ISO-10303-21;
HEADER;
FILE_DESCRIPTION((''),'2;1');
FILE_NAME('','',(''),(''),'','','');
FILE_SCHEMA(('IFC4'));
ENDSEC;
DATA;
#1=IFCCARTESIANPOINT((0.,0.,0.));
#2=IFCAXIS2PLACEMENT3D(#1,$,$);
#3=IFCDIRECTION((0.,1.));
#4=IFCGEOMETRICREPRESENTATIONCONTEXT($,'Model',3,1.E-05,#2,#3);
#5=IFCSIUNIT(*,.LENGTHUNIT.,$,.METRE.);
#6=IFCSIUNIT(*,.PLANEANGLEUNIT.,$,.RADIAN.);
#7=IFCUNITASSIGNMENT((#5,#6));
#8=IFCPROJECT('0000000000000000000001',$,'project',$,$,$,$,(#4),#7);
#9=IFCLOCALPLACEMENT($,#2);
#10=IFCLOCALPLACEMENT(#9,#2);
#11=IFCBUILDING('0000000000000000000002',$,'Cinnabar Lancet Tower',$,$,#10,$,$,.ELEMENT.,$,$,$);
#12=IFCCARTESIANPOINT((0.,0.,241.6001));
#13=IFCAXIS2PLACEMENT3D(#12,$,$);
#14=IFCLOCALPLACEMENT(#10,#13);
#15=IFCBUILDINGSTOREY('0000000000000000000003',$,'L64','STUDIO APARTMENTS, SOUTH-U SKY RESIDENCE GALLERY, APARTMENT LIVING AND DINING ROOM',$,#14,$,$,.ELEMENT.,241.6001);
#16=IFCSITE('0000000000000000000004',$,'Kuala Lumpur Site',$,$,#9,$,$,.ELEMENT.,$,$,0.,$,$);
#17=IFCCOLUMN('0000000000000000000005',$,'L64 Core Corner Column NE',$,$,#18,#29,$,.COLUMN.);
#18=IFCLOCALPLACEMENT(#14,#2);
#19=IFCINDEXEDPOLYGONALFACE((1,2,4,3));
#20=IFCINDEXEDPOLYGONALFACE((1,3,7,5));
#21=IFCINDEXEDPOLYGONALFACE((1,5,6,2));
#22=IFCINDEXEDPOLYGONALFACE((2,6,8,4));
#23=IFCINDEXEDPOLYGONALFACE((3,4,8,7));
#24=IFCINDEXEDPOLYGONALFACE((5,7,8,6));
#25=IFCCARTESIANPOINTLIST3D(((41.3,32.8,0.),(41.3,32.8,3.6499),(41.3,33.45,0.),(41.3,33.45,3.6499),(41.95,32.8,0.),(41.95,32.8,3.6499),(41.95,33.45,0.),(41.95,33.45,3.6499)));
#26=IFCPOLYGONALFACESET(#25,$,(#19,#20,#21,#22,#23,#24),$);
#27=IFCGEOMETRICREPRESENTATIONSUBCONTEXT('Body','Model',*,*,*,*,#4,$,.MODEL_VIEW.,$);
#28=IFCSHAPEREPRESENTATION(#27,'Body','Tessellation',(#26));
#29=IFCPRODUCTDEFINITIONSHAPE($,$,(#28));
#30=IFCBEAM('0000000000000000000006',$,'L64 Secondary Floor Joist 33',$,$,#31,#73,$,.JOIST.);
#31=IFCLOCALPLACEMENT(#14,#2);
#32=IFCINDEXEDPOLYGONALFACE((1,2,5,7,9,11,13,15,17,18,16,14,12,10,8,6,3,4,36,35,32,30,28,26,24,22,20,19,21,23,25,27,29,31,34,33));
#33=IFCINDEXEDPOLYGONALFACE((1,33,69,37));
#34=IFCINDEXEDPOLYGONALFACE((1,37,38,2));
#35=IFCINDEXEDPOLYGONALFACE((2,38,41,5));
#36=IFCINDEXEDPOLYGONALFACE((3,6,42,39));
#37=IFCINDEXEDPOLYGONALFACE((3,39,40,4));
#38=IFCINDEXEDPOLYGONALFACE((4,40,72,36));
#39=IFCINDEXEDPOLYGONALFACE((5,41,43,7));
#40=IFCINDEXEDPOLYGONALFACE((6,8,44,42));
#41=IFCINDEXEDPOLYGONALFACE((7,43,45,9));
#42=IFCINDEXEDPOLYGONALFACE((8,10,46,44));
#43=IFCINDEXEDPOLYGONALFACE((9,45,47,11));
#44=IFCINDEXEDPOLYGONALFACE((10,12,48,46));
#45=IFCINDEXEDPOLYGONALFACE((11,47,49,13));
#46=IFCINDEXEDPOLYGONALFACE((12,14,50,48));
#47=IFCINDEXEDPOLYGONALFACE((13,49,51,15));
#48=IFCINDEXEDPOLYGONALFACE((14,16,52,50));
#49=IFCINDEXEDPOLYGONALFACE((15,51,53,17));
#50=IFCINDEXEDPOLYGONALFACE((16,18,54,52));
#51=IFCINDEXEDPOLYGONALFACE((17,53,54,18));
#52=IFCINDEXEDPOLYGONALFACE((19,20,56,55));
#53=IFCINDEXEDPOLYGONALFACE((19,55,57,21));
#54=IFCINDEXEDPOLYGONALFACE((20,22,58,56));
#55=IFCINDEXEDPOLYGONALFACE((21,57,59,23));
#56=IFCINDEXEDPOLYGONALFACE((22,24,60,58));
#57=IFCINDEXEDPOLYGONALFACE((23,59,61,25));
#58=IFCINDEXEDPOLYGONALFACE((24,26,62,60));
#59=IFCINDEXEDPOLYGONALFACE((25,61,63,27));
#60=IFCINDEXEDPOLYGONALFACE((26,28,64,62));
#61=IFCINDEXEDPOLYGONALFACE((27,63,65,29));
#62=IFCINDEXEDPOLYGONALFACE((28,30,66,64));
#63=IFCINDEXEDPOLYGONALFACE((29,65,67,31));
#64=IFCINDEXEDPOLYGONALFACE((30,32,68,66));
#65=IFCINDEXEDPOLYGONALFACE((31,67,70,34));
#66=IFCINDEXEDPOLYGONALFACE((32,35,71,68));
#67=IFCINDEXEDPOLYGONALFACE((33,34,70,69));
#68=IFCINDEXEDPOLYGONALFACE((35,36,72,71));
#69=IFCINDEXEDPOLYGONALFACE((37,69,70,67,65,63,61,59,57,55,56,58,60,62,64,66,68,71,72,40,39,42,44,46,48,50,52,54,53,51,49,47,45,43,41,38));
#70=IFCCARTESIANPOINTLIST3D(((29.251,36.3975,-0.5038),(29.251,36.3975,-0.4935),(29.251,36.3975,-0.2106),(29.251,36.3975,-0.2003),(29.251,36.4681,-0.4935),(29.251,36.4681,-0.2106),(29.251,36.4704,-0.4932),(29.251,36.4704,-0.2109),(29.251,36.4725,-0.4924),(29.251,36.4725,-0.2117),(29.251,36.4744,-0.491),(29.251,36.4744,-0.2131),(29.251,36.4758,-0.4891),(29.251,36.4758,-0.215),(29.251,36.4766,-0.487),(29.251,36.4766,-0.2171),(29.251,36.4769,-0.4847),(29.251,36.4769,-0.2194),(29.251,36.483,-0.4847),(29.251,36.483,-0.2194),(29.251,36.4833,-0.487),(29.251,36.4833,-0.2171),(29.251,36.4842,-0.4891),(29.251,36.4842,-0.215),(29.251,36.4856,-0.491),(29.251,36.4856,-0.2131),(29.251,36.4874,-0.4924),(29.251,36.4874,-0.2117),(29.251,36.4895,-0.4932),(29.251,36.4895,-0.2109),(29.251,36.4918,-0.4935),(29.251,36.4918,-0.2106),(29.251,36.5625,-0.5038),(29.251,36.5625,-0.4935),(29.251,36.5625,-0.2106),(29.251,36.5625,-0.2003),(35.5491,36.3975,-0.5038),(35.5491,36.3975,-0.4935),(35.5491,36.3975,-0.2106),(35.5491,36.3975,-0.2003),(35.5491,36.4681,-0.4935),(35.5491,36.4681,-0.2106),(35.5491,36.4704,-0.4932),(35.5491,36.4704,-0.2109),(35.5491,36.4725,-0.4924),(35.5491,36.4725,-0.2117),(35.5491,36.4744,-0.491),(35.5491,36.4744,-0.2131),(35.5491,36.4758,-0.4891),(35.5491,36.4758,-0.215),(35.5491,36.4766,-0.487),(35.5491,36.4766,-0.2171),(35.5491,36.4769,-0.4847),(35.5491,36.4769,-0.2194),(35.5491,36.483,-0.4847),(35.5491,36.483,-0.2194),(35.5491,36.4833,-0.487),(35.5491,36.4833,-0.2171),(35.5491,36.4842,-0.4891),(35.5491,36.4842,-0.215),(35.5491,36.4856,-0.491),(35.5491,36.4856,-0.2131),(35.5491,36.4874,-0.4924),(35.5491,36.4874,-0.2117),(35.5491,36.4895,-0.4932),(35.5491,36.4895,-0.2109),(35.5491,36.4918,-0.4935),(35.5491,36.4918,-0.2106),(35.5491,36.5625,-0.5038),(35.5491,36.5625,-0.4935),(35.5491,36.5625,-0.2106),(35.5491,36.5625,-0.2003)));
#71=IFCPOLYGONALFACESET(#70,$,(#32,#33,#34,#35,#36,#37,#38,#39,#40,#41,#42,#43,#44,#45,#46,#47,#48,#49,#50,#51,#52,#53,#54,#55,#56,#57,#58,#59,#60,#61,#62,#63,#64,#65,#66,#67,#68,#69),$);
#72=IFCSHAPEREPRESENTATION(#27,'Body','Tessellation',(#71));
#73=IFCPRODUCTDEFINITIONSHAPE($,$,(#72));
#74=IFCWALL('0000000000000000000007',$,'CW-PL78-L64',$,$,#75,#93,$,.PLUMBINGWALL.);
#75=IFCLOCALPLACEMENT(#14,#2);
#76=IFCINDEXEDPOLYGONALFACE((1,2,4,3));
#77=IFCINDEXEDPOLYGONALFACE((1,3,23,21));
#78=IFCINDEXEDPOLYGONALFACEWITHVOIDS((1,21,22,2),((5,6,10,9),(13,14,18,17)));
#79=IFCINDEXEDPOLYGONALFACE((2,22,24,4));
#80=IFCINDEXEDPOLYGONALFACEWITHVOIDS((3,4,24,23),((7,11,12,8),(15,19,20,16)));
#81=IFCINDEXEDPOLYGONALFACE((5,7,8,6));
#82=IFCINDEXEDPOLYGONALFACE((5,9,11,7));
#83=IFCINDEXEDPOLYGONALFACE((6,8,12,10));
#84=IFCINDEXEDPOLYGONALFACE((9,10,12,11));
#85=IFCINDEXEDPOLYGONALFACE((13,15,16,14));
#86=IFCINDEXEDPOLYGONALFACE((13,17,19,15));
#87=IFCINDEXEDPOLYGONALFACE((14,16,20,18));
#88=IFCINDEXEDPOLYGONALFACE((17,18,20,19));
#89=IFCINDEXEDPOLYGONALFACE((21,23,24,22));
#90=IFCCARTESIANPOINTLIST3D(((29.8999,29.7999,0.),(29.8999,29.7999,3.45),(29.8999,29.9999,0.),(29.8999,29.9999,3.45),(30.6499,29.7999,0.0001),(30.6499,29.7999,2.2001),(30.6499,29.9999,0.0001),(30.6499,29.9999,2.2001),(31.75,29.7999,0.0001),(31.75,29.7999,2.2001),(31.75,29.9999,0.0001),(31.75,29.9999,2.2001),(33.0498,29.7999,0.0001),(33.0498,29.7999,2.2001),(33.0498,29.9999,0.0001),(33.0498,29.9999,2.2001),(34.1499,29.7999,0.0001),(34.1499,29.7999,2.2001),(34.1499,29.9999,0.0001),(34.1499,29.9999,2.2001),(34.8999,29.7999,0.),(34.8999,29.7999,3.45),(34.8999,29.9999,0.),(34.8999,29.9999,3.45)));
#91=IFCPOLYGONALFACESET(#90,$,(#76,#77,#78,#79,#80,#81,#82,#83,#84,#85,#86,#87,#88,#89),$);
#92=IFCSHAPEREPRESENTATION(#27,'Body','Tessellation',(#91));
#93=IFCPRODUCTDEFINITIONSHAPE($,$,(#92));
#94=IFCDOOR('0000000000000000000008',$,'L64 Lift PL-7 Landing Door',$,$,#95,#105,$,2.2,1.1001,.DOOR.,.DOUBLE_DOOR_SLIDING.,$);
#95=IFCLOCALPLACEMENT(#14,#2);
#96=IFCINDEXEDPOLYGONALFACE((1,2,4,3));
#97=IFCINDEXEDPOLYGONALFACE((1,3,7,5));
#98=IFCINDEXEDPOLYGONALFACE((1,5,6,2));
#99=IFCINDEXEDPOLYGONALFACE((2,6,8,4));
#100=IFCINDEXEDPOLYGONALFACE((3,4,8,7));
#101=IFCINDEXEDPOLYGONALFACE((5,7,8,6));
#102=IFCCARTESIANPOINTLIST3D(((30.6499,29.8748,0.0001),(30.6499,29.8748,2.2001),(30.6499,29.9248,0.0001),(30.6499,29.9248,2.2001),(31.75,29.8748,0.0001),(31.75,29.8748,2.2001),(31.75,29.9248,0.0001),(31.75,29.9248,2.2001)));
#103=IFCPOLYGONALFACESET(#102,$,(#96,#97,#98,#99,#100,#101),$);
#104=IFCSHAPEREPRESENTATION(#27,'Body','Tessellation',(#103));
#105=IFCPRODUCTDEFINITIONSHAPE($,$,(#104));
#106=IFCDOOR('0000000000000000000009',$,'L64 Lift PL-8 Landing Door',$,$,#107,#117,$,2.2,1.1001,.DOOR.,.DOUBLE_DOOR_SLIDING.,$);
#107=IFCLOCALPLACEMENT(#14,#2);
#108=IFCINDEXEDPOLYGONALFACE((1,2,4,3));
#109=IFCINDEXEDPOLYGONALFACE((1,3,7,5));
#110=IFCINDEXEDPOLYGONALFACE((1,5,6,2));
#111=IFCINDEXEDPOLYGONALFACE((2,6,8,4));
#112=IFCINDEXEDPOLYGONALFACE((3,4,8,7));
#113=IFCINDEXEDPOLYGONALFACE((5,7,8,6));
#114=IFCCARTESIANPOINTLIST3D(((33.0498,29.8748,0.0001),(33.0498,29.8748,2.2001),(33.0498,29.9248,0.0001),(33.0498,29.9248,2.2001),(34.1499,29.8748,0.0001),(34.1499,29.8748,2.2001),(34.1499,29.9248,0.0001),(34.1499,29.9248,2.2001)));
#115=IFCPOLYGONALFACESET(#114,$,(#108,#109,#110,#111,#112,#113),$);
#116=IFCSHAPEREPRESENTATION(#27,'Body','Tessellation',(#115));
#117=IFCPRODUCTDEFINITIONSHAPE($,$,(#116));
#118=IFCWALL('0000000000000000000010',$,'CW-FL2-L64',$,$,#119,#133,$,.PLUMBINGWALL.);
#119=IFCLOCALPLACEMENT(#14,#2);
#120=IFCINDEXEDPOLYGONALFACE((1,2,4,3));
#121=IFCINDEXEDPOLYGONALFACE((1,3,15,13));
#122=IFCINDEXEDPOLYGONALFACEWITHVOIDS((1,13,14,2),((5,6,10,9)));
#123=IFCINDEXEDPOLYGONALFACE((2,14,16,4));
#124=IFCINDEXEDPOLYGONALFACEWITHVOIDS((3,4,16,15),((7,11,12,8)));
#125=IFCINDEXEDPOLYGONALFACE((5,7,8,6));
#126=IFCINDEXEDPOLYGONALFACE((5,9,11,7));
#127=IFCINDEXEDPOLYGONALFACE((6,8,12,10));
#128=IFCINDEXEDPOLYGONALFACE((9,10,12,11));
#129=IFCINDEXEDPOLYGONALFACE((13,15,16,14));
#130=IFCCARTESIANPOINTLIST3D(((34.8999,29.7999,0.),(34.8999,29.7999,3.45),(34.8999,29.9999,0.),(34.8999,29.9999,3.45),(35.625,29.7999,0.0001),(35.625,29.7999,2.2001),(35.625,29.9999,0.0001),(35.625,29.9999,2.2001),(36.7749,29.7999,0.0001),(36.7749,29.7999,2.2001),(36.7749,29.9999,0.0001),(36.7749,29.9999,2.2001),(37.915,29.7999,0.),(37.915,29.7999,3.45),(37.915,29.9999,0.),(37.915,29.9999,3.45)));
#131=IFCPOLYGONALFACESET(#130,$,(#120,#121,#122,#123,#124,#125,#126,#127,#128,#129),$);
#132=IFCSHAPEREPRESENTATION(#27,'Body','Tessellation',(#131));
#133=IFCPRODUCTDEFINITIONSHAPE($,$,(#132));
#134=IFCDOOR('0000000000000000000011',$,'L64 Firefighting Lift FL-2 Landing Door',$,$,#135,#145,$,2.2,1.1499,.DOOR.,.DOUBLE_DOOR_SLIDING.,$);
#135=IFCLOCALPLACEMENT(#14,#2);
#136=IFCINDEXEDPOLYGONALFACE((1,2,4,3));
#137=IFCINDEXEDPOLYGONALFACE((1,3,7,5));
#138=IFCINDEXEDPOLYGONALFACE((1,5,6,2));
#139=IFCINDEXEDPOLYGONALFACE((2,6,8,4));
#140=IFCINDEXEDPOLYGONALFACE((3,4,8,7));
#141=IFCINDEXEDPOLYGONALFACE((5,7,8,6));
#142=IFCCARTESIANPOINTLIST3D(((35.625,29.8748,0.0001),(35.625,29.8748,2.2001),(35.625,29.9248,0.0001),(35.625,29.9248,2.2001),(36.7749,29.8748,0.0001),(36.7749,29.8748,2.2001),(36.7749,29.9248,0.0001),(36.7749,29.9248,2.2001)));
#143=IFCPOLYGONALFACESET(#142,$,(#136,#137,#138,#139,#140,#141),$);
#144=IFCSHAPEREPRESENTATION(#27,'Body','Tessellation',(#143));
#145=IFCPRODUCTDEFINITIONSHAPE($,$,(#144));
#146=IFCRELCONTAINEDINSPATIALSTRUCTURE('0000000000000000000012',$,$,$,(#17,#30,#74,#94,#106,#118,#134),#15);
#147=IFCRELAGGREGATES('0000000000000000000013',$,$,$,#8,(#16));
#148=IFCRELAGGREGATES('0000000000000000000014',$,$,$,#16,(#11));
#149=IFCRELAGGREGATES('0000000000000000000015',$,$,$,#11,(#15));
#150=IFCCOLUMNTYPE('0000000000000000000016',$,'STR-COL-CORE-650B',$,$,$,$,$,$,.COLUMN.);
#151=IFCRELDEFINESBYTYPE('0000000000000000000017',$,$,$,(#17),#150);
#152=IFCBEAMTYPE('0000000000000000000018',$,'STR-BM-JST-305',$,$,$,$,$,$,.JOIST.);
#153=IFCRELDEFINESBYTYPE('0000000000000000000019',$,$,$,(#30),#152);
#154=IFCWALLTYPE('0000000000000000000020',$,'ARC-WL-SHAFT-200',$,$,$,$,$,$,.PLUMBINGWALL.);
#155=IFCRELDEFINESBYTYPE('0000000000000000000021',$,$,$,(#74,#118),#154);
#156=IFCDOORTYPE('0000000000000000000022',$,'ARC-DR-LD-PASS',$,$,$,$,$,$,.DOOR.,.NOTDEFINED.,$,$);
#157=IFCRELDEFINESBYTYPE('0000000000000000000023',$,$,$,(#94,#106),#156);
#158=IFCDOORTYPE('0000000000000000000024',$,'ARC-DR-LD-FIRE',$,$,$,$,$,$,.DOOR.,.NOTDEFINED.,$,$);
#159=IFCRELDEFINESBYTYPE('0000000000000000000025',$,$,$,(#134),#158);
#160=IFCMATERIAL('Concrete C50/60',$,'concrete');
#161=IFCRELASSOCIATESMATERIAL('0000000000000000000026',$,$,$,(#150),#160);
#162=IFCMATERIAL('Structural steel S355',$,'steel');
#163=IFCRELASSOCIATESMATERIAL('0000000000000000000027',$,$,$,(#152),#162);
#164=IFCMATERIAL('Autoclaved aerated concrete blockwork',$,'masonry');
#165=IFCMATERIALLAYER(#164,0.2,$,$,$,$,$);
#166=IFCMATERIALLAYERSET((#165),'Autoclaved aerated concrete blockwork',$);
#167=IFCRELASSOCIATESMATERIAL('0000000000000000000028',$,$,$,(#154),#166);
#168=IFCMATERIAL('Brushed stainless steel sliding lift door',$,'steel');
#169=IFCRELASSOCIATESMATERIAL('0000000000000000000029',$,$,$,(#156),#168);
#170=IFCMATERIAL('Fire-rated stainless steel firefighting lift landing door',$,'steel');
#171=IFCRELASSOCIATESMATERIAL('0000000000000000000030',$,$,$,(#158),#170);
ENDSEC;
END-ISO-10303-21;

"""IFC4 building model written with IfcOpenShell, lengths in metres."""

from ifc_helpers import new_model, si_unit, direction, frame, frame_2d, origin, origin_2d, place, context, subcontext, project, spatial, rectangle, i_section, extrude, material, layer, layer_set, material_profile, profile_set, type_object, element, fill, save


model = new_model("IFC4")

# Units and contexts
model_context = context("Model", 3, precision=1e-05, world=origin(), true_north=direction((0.0, 1.0)))
body_context = subcontext(model_context, "Body", "Model", "MODEL_VIEW")
ifc_project = project(units=[si_unit("LENGTHUNIT", "METRE"), si_unit("PLANEANGLEUNIT", "RADIAN")], contexts=[model_context])

# Site, building, storey
site_placement = place(None, origin())
site = spatial("IfcSite", under=ifc_project, at=site_placement, Name="Kuala Lumpur Site", CompositionType="ELEMENT", RefElevation=0.0)
building_placement = place(site_placement, origin())
building = spatial("IfcBuilding", under=site, at=building_placement, Name="Cinnabar Lancet Tower", CompositionType="ELEMENT")
storey_placement = place(building_placement, frame((0.0, 0.0, 241.6001)))
storey = spatial("IfcBuildingStorey", under=building, at=storey_placement, Name="L64", Description="STUDIO APARTMENTS, SOUTH-U SKY RESIDENCE GALLERY, APARTMENT LIVING AND DINING ROOM", CompositionType="ELEMENT", Elevation=241.6001)

# Column
ifc_material_1 = material(Name="Concrete C50/60", Category="concrete")
ifc_material_profile_1 = material_profile(ifc_material_1, rectangle(XDim=0.6499, YDim=0.6499, at=origin_2d()), Name="RC-COL 650x650")
ifc_profile_set_1 = profile_set([ifc_material_profile_1], Name="Concrete C50/60")
column_type = type_object("IfcColumnType", Name="STR-COL-CORE-650B", PredefinedType="COLUMN", material=ifc_profile_set_1)
column_placement = place(storey_placement, frame((41.625, 33.125, 0.0), z_axis=(0.0, 0.0, 1.0), x_axis=(1.0, 0.0, 0.0)))
element("IfcColumn", 1, at=column_placement, inside=storey, type_object=column_type, Name="L64 Core Corner Column NE", PredefinedType="COLUMN", context=body_context, shape_type="SweptSolid", body=[
    extrude(rectangle(XDim=0.6499, YDim=0.6499, at=origin_2d()), origin(), (0.0, 0.0, 1.0), 3.6499),
])

# Beam
ifc_material_2 = material(Name="Structural steel S355", Category="steel")
ifc_material_profile_2 = material_profile(ifc_material_2, i_section(OverallWidth=0.165, OverallDepth=0.3035, WebThickness=0.0061, FlangeThickness=0.0103, FilletRadius=0.0088, at=origin_2d()), Name="UKB 305x165x40")
ifc_profile_set_2 = profile_set([ifc_material_profile_2], Name="Structural steel S355")
beam_type = type_object("IfcBeamType", Name="STR-BM-JST-305", PredefinedType="JOIST", material=ifc_profile_set_2)
beam_placement = place(storey_placement, frame((35.5491, 36.48, -0.3521), z_axis=(-1.0, 0.0, 0.0), x_axis=(0.0, -1.0, 0.0)))
element("IfcBeam", 2, at=beam_placement, inside=storey, type_object=beam_type, Name="L64 Secondary Floor Joist 33", PredefinedType="JOIST", context=body_context, shape_type="SweptSolid", body=[
    extrude(i_section(OverallWidth=0.165, OverallDepth=0.3035, WebThickness=0.0061, FlangeThickness=0.0103, FilletRadius=0.0088, at=origin_2d()), origin(), (0.0, 0.0, 1.0), 6.2981),
])

# Wall, openings, doors
ifc_material_3 = material(Name="Autoclaved aerated concrete blockwork", Category="masonry")
ifc_layer_1 = layer(ifc_material_3, 0.2)
ifc_layer_set_1 = layer_set([ifc_layer_1], Name="Autoclaved aerated concrete blockwork")
wall_type_1 = type_object("IfcWallType", Name="ARC-WL-SHAFT-200", PredefinedType="PLUMBINGWALL", material=ifc_layer_set_1)
wall_1_placement = place(storey_placement, frame((29.8999, 29.8999, 0.0), z_axis=(0.0, 0.0, 1.0), x_axis=(1.0, 0.0, 0.0)))
wall_1 = element("IfcWall", 3, at=wall_1_placement, inside=storey, type_object=wall_type_1, Name="CW-PL78-L64", PredefinedType="PLUMBINGWALL", context=body_context, shape_type="SweptSolid", body=[
    extrude(rectangle(XDim=5.0, YDim=0.2, at=frame_2d((2.5, 0.0))), origin(), (0.0, 0.0, 1.0), 3.45),
])
opening_1_placement = place(wall_1_placement, frame((0.75, 0.0, 0.0)))
opening_1 = element("IfcOpeningElement", 4, at=opening_1_placement, cuts=wall_1, PredefinedType="OPENING", context=body_context, shape_type="SweptSolid", body=[
    extrude(rectangle(XDim=1.1001, YDim=2.2, at=frame_2d((0.55, 1.1001))), frame((0.0, 0.1099, 0.0), z_axis=(0.0, -1.0, 0.0), x_axis=(1.0, 0.0, 0.0)), (0.0, 0.0, 1.0), 0.22),
])
opening_2_placement = place(wall_1_placement, frame((3.1499, 0.0, 0.0)))
opening_2 = element("IfcOpeningElement", 5, at=opening_2_placement, cuts=wall_1, PredefinedType="OPENING", context=body_context, shape_type="SweptSolid", body=[
    extrude(rectangle(XDim=1.1001, YDim=2.2, at=frame_2d((0.55, 1.1001))), frame((0.0, 0.1099, 0.0), z_axis=(0.0, -1.0, 0.0), x_axis=(1.0, 0.0, 0.0)), (0.0, 0.0, 1.0), 0.22),
])
ifc_material_4 = material(Name="Brushed stainless steel sliding lift door", Category="steel")
door_type_1 = type_object("IfcDoorType", Name="ARC-DR-LD-PASS", OperationType="NOTDEFINED", PredefinedType="DOOR", material=ifc_material_4)
door_1_placement = place(opening_1_placement, origin())
door_1 = element("IfcDoor", 6, at=door_1_placement, inside=storey, type_object=door_type_1, Name="L64 Lift PL-7 Landing Door", OperationType="DOUBLE_DOOR_SLIDING", OverallHeight=2.2, OverallWidth=1.1001, PredefinedType="DOOR", context=body_context, shape_type="SweptSolid", body=[
    extrude(rectangle(XDim=1.1001, YDim=2.2, at=frame_2d((0.55, 1.1001))), frame((0.0, 0.0249, 0.0), z_axis=(0.0, -1.0, 0.0), x_axis=(1.0, 0.0, 0.0)), (0.0, 0.0, 1.0), 0.05),
])
fill(opening_1, door_1)
door_2_placement = place(opening_2_placement, origin())
door_2 = element("IfcDoor", 7, at=door_2_placement, inside=storey, type_object=door_type_1, Name="L64 Lift PL-8 Landing Door", OperationType="DOUBLE_DOOR_SLIDING", OverallHeight=2.2, OverallWidth=1.1001, PredefinedType="DOOR", context=body_context, shape_type="SweptSolid", body=[
    extrude(rectangle(XDim=1.1001, YDim=2.2, at=frame_2d((0.55, 1.1001))), frame((0.0, 0.0249, 0.0), z_axis=(0.0, -1.0, 0.0), x_axis=(1.0, 0.0, 0.0)), (0.0, 0.0, 1.0), 0.05),
])
fill(opening_2, door_2)

# Wall, opening, door
wall_2_placement = place(storey_placement, frame((34.8999, 29.8999, 0.0), z_axis=(0.0, 0.0, 1.0), x_axis=(1.0, 0.0, 0.0)))
wall_2 = element("IfcWall", 8, at=wall_2_placement, inside=storey, type_object=wall_type_1, Name="CW-FL2-L64", PredefinedType="PLUMBINGWALL", context=body_context, shape_type="SweptSolid", body=[
    extrude(rectangle(XDim=3.0151, YDim=0.2, at=frame_2d((1.5076, 0.0))), origin(), (0.0, 0.0, 1.0), 3.45),
])
opening_3_placement = place(wall_2_placement, frame((0.7251, 0.0, 0.0)))
opening_3 = element("IfcOpeningElement", 9, at=opening_3_placement, cuts=wall_2, PredefinedType="OPENING", context=body_context, shape_type="SweptSolid", body=[
    extrude(rectangle(XDim=1.1499, YDim=2.2, at=frame_2d((0.575, 1.1001))), frame((0.0, 0.1099, 0.0), z_axis=(0.0, -1.0, 0.0), x_axis=(1.0, 0.0, 0.0)), (0.0, 0.0, 1.0), 0.22),
])
ifc_material_5 = material(Name="Fire-rated stainless steel firefighting lift landing door", Category="steel")
door_type_2 = type_object("IfcDoorType", Name="ARC-DR-LD-FIRE", OperationType="NOTDEFINED", PredefinedType="DOOR", material=ifc_material_5)
door_3_placement = place(opening_3_placement, origin())
door_3 = element("IfcDoor", 10, at=door_3_placement, inside=storey, type_object=door_type_2, Name="L64 Firefighting Lift FL-2 Landing Door", OperationType="DOUBLE_DOOR_SLIDING", OverallHeight=2.2, OverallWidth=1.1499, PredefinedType="DOOR", context=body_context, shape_type="SweptSolid", body=[
    extrude(rectangle(XDim=1.1499, YDim=2.2, at=frame_2d((0.575, 1.1001))), frame((0.0, 0.0249, 0.0), z_axis=(0.0, -1.0, 0.0), x_axis=(1.0, 0.0, 0.0)), (0.0, 0.0, 1.0), 0.05),
])
fill(opening_3, door_3)

save(model, "model.ifc")
